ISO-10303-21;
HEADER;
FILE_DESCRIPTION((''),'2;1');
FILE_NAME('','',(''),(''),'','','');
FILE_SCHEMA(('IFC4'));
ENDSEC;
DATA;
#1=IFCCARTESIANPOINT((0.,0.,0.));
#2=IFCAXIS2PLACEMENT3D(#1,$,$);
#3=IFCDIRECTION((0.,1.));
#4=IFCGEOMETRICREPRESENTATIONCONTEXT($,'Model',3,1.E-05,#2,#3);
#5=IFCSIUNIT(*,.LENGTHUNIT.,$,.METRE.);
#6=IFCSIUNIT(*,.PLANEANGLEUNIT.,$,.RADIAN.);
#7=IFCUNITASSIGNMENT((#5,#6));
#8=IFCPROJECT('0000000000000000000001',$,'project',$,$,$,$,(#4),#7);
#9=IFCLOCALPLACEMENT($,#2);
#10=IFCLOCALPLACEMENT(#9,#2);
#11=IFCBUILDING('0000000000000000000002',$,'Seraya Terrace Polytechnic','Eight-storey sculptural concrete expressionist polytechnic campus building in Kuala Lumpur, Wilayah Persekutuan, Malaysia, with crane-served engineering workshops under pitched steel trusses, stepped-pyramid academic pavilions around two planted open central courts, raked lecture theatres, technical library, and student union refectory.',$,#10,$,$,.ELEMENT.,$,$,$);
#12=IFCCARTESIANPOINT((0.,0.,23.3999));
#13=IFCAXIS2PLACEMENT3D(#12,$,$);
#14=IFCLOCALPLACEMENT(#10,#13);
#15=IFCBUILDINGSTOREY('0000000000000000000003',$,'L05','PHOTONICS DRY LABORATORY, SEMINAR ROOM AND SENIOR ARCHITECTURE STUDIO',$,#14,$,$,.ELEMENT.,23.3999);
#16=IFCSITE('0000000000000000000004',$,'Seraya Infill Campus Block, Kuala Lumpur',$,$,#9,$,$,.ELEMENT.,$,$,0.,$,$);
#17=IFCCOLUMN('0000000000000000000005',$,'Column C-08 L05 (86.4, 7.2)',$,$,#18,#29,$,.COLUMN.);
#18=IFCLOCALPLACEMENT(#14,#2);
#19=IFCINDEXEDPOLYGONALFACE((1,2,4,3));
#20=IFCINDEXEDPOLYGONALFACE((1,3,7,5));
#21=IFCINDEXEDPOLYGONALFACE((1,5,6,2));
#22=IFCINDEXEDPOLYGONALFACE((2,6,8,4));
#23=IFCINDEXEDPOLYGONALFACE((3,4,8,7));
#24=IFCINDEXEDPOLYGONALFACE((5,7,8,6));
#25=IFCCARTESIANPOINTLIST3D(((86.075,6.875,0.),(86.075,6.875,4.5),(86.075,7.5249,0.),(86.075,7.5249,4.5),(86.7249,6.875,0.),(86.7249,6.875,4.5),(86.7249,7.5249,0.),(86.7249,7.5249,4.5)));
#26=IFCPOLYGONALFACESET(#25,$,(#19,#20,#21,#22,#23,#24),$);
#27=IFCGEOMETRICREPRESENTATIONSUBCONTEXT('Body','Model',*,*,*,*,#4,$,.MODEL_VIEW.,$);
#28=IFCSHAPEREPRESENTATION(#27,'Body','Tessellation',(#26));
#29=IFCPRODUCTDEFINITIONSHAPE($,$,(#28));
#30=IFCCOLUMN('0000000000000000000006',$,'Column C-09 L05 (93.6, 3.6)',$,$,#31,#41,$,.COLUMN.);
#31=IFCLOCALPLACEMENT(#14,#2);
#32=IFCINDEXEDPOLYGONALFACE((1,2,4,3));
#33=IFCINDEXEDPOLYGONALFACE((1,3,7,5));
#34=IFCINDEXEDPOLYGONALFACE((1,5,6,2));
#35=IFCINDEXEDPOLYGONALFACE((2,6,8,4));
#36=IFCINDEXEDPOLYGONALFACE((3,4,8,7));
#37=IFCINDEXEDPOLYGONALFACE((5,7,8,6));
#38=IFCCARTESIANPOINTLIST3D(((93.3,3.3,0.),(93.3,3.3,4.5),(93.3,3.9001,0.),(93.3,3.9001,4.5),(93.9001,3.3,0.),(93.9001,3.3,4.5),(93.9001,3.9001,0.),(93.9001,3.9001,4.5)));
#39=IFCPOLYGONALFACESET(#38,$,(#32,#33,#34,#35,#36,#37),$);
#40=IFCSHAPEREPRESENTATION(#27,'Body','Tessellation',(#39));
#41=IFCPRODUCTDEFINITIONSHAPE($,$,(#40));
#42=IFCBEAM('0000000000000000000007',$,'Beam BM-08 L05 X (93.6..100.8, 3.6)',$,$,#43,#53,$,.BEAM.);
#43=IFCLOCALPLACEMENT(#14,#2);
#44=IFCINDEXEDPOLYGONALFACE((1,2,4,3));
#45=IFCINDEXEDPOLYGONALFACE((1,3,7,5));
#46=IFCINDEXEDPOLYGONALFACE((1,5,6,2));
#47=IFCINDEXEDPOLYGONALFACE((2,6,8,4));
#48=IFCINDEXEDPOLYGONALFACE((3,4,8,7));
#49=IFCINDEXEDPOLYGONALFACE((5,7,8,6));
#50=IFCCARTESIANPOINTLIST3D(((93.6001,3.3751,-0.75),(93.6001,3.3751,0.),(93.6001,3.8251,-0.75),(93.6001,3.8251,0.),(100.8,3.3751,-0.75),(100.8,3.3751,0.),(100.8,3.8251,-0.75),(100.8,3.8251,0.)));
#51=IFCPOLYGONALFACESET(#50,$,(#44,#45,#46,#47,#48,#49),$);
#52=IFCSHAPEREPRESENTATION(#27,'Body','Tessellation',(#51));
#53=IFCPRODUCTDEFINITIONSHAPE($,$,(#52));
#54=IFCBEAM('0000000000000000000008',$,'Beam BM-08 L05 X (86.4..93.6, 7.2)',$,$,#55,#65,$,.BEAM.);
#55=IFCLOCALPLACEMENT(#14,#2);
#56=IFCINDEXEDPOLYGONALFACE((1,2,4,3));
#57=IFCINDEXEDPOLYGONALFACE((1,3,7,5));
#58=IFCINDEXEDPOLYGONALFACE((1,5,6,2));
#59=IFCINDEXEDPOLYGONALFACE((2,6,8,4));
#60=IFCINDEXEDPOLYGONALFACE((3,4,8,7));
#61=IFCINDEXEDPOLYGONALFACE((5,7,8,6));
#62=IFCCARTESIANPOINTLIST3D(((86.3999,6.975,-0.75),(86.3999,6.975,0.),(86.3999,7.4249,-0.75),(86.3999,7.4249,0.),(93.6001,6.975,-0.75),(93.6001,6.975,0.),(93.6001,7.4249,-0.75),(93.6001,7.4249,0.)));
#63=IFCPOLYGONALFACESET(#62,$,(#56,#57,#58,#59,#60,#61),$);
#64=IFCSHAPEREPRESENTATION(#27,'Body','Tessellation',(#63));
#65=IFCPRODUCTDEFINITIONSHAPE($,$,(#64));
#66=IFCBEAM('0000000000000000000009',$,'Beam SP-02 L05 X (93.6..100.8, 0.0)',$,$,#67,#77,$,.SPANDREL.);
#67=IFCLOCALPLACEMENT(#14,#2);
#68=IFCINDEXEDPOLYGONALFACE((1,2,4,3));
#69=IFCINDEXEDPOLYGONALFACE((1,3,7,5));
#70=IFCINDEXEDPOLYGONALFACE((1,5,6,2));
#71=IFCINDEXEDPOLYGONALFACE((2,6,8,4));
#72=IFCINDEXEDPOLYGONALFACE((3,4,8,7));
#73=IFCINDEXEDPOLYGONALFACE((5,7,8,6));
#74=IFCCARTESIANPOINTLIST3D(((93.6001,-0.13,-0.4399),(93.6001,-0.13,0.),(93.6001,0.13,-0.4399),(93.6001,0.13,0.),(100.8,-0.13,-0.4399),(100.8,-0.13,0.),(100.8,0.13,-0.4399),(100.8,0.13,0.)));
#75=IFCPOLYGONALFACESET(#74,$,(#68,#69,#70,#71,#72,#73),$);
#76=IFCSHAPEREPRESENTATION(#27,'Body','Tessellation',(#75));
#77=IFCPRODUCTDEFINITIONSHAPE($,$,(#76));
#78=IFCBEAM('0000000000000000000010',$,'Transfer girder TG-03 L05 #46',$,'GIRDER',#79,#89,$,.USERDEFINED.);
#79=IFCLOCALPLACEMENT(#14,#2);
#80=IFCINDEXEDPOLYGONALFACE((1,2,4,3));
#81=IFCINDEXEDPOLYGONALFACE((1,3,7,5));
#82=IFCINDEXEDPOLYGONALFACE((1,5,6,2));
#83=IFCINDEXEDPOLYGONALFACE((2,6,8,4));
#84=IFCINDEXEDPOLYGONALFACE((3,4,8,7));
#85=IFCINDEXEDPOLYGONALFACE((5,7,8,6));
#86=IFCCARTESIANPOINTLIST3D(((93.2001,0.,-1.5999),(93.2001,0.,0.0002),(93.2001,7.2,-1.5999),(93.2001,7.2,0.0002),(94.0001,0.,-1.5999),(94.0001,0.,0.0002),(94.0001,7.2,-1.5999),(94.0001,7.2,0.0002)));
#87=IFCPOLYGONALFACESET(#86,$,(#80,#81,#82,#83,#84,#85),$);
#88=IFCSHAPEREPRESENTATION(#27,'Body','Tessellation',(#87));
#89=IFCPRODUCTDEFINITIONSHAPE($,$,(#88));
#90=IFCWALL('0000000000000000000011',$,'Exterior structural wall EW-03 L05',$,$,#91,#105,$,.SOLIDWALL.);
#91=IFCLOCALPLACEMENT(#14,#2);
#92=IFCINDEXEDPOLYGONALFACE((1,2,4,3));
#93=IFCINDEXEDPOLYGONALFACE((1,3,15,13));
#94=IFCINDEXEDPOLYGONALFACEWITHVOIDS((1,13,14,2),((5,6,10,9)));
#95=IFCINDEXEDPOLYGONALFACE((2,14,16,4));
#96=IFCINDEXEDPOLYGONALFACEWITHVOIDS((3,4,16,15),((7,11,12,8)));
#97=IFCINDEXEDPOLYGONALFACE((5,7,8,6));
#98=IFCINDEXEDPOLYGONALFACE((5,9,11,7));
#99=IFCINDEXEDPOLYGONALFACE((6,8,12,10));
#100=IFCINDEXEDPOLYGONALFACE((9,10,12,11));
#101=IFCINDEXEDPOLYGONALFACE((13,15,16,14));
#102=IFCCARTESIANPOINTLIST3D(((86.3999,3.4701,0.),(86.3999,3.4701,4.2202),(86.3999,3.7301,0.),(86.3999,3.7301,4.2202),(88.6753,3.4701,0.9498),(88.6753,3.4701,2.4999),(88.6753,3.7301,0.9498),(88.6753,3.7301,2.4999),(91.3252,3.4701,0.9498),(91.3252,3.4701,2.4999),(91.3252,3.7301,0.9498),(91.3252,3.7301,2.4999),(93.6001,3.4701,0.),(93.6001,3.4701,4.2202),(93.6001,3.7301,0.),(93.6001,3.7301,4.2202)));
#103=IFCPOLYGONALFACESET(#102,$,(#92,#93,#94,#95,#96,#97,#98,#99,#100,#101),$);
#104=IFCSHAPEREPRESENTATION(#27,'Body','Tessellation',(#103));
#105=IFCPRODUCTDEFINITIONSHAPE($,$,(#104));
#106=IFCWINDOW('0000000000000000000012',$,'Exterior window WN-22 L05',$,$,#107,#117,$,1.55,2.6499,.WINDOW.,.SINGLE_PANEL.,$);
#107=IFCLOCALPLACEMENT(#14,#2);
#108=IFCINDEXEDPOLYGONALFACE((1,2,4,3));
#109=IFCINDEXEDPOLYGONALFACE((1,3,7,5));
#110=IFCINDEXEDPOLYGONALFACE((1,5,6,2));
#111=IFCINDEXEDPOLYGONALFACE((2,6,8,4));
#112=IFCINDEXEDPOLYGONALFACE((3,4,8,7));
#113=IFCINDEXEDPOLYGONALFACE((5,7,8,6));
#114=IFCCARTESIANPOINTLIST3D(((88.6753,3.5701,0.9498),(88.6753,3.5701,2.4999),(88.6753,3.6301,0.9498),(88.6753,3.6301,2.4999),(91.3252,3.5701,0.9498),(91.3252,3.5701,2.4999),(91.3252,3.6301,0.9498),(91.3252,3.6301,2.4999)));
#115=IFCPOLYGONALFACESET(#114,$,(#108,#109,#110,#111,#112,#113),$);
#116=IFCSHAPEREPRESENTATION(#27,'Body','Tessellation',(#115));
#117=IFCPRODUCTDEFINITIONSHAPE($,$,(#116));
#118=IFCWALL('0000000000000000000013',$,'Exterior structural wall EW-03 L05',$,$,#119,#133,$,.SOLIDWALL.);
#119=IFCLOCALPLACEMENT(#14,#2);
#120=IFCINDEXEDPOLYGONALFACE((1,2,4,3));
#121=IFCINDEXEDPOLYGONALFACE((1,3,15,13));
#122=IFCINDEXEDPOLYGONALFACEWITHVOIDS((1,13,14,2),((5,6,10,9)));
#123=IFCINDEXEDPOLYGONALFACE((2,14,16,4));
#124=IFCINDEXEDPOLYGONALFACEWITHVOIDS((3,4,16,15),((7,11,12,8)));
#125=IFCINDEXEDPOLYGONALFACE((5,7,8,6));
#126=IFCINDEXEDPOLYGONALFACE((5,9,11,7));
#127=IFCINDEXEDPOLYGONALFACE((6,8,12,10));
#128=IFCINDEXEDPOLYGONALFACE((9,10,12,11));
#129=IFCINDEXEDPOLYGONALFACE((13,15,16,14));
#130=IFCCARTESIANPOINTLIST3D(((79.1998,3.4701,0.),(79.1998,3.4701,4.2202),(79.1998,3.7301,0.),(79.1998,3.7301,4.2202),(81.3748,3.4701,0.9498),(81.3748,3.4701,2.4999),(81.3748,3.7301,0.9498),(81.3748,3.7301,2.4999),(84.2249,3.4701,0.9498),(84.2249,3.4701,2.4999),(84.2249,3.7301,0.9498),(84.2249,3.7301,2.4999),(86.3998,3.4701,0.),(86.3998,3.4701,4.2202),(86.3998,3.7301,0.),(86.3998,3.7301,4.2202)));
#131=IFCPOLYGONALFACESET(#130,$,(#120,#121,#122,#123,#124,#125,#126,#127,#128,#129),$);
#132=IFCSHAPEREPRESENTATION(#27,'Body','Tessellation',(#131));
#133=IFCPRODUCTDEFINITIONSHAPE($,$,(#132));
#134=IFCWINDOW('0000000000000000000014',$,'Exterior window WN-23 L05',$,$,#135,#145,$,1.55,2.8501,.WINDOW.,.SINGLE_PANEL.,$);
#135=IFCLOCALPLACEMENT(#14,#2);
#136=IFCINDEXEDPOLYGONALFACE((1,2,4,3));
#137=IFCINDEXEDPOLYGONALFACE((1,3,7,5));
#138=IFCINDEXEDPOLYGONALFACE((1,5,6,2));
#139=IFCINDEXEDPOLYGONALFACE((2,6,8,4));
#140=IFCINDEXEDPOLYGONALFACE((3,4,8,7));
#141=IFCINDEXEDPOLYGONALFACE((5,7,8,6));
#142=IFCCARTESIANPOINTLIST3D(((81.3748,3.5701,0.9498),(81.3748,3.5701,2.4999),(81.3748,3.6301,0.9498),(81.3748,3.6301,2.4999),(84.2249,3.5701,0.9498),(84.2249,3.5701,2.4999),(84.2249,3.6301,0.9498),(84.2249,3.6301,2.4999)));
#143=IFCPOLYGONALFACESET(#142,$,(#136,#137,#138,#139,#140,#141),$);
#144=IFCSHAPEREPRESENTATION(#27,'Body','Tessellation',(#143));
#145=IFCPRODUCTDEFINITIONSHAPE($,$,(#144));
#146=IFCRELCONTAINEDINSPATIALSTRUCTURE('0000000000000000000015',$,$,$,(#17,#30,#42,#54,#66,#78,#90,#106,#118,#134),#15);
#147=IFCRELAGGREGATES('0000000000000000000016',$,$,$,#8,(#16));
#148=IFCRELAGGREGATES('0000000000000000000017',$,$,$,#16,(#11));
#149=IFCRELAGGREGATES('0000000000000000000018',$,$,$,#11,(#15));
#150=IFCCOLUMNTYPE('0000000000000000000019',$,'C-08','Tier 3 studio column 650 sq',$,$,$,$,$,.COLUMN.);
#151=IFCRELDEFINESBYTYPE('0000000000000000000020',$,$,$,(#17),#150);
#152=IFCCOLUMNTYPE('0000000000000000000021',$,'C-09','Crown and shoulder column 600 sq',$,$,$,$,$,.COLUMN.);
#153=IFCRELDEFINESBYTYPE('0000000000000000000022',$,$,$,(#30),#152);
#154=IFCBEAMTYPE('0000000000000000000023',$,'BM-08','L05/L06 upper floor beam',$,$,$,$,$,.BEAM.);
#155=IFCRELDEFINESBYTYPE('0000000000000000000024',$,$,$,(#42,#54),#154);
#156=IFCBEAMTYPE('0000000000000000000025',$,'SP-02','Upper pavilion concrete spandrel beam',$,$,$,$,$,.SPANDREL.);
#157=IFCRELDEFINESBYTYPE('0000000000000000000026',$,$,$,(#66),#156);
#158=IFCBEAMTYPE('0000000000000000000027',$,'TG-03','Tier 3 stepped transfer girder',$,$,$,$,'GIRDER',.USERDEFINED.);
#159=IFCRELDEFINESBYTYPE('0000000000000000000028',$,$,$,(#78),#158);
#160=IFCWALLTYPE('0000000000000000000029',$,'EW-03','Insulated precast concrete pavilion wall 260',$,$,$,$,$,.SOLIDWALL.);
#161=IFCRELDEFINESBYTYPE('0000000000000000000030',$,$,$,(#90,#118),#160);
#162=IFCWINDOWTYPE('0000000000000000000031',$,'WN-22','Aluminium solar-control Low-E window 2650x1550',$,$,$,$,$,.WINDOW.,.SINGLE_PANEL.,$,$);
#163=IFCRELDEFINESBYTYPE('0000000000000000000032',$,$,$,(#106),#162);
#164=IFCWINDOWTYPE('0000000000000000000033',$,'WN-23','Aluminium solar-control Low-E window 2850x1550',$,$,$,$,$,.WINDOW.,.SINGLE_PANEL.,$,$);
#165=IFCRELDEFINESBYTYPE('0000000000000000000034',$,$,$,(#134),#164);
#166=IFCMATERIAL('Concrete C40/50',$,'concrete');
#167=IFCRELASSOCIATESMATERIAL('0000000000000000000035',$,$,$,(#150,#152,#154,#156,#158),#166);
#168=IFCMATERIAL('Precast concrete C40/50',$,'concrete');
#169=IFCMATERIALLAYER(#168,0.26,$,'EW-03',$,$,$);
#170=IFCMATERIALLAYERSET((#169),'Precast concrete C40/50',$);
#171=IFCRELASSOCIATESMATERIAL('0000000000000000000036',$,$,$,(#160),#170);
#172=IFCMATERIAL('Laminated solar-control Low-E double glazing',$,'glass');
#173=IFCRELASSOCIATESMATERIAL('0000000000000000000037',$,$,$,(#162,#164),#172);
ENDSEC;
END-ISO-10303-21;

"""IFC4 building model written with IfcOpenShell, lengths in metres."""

from ifc_helpers import new_model, si_unit, direction, frame, frame_2d, origin, origin_2d, place, context, subcontext, project, spatial, rectangle, extrude, material, layer, layer_set, material_profile, profile_set, type_object, element, fill, save


model = new_model("IFC4")

# Units and contexts
model_context = context("Model", 3, precision=1e-05, world=origin(), true_north=direction((0.0, 1.0)))
body_context = subcontext(model_context, "Body", "Model", "MODEL_VIEW")
ifc_project = project(units=[si_unit("LENGTHUNIT", "METRE"), si_unit("PLANEANGLEUNIT", "RADIAN")], contexts=[model_context])

# Site, building, storey
site_placement = place(None, origin())
site = spatial("IfcSite", under=ifc_project, at=site_placement, Name="Seraya Infill Campus Block, Kuala Lumpur", CompositionType="ELEMENT", RefElevation=0.0)
building_placement = place(site_placement, origin())
building = spatial("IfcBuilding", under=site, at=building_placement, Name="Seraya Terrace Polytechnic", Description="Eight-storey sculptural concrete expressionist polytechnic campus building in Kuala Lumpur, Wilayah Persekutuan, Malaysia, with crane-served engineering workshops under pitched steel trusses, stepped-pyramid academic pavilions around two planted open central courts, raked lecture theatres, technical library, and student union refectory.", CompositionType="ELEMENT")
storey_placement = place(building_placement, frame((0.0, 0.0, 23.3999)))
storey = spatial("IfcBuildingStorey", under=building, at=storey_placement, Name="L05", Description="PHOTONICS DRY LABORATORY, SEMINAR ROOM AND SENIOR ARCHITECTURE STUDIO", CompositionType="ELEMENT", Elevation=23.3999)

# Columns
ifc_material_1 = material(Name="Concrete C40/50", Category="concrete")
ifc_material_profile_1 = material_profile(ifc_material_1, rectangle(XDim=0.6499, YDim=0.6499, at=origin_2d()), Name="RC 650x650")
ifc_profile_set_1 = profile_set([ifc_material_profile_1], Name="Concrete C40/50")
column_type_1 = type_object("IfcColumnType", Name="C-08", Description="Tier 3 studio column 650 sq", PredefinedType="COLUMN", material=ifc_profile_set_1)
column_1_placement = place(storey_placement, frame((86.3999, 7.2, 0.0), z_axis=(0.0, 0.0, 1.0), x_axis=(1.0, 0.0, 0.0)))
element("IfcColumn", 1, at=column_1_placement, inside=storey, type_object=column_type_1, Name="Column C-08 L05 (86.4, 7.2)", PredefinedType="COLUMN", context=body_context, shape_type="SweptSolid", body=[
    extrude(rectangle(XDim=0.6499, YDim=0.6499, at=origin_2d()), origin(), (0.0, 0.0, 1.0), 4.5),
])
ifc_material_profile_2 = material_profile(ifc_material_1, rectangle(XDim=0.6001, YDim=0.6001, at=origin_2d()), Name="RC 600x600")
ifc_profile_set_2 = profile_set([ifc_material_profile_2], Name="Concrete C40/50")
column_type_2 = type_object("IfcColumnType", Name="C-09", Description="Crown and shoulder column 600 sq", PredefinedType="COLUMN", material=ifc_profile_set_2)
column_2_placement = place(storey_placement, frame((93.6001, 3.6001, 0.0), z_axis=(0.0, 0.0, 1.0), x_axis=(1.0, 0.0, 0.0)))
element("IfcColumn", 2, at=column_2_placement, inside=storey, type_object=column_type_2, Name="Column C-09 L05 (93.6, 3.6)", PredefinedType="COLUMN", context=body_context, shape_type="SweptSolid", body=[
    extrude(rectangle(XDim=0.6001, YDim=0.6001, at=origin_2d()), origin(), (0.0, 0.0, 1.0), 4.5),
])

# Beams
ifc_material_profile_3 = material_profile(ifc_material_1, rectangle(XDim=0.45, YDim=0.75, at=origin_2d()), Name="RC 450x750")
ifc_profile_set_3 = profile_set([ifc_material_profile_3], Name="Concrete C40/50")
beam_type_1 = type_object("IfcBeamType", Name="BM-08", Description="L05/L06 upper floor beam", PredefinedType="BEAM", material=ifc_profile_set_3)
beam_1_placement = place(storey_placement, frame((93.6001, 3.6001, -0.375), z_axis=(1.0, 0.0, 0.0), x_axis=(0.0, 1.0, 0.0)))
element("IfcBeam", 3, at=beam_1_placement, inside=storey, type_object=beam_type_1, Name="Beam BM-08 L05 X (93.6..100.8, 3.6)", PredefinedType="BEAM", context=body_context, shape_type="SweptSolid", body=[
    extrude(rectangle(XDim=0.45, YDim=0.75, at=origin_2d()), origin(), (0.0, 0.0, 1.0), 7.2),
])
beam_2_placement = place(storey_placement, frame((86.3999, 7.2, -0.375), z_axis=(1.0, 0.0, 0.0), x_axis=(0.0, 1.0, 0.0)))
element("IfcBeam", 4, at=beam_2_placement, inside=storey, type_object=beam_type_1, Name="Beam BM-08 L05 X (86.4..93.6, 7.2)", PredefinedType="BEAM", context=body_context, shape_type="SweptSolid", body=[
    extrude(rectangle(XDim=0.45, YDim=0.75, at=origin_2d()), origin(), (0.0, 0.0, 1.0), 7.2002),
])
ifc_material_profile_4 = material_profile(ifc_material_1, rectangle(XDim=0.26, YDim=0.4399, at=origin_2d()), Name="RC 260x440")
ifc_profile_set_4 = profile_set([ifc_material_profile_4], Name="Concrete C40/50")
beam_type_2 = type_object("IfcBeamType", Name="SP-02", Description="Upper pavilion concrete spandrel beam", PredefinedType="SPANDREL", material=ifc_profile_set_4)
beam_3_placement = place(storey_placement, frame((93.6001, 0.0, -0.22), z_axis=(1.0, 0.0, 0.0), x_axis=(0.0, 1.0, 0.0)))
element("IfcBeam", 5, at=beam_3_placement, inside=storey, type_object=beam_type_2, Name="Beam SP-02 L05 X (93.6..100.8, 0.0)", PredefinedType="SPANDREL", context=body_context, shape_type="SweptSolid", body=[
    extrude(rectangle(XDim=0.26, YDim=0.4399, at=origin_2d()), origin(), (0.0, 0.0, 1.0), 7.2),
])
ifc_material_profile_5 = material_profile(ifc_material_1, rectangle(XDim=0.8, YDim=1.6001, at=origin_2d()), Name="RC 800x1600")
ifc_profile_set_5 = profile_set([ifc_material_profile_5], Name="Concrete C40/50")
beam_type_3 = type_object("IfcBeamType", Name="TG-03", Description="Tier 3 stepped transfer girder", ElementType="GIRDER", PredefinedType="USERDEFINED", material=ifc_profile_set_5)
beam_4_placement = place(storey_placement, frame((93.6001, 0.0, -0.7998), z_axis=(0.0, 1.0, 0.0), x_axis=(-1.0, 0.0, 0.0)))
element("IfcBeam", 6, at=beam_4_placement, inside=storey, type_object=beam_type_3, Name="Transfer girder TG-03 L05 #46", ObjectType="GIRDER", PredefinedType="USERDEFINED", context=body_context, shape_type="SweptSolid", body=[
    extrude(rectangle(XDim=0.8, YDim=1.6001, at=origin_2d()), origin(), (0.0, 0.0, 1.0), 7.2),
])

# Walls, openings, windows
ifc_material_2 = material(Name="Precast concrete C40/50", Category="concrete")
ifc_layer_1 = layer(ifc_material_2, 0.26, Name="EW-03")
ifc_layer_set_1 = layer_set([ifc_layer_1], Name="Precast concrete C40/50")
wall_type_1 = type_object("IfcWallType", Name="EW-03", Description="Insulated precast concrete pavilion wall 260", PredefinedType="SOLIDWALL", material=ifc_layer_set_1)
wall_1_placement = place(storey_placement, frame((93.6001, 3.6001, 0.0), z_axis=(0.0, 0.0, 1.0), x_axis=(-1.0, 0.0, 0.0)))
wall_1 = element("IfcWall", 7, at=wall_1_placement, inside=storey, type_object=wall_type_1, Name="Exterior structural wall EW-03 L05", PredefinedType="SOLIDWALL", context=body_context, shape_type="SweptSolid", body=[
    extrude(rectangle(XDim=7.2002, YDim=0.26, at=frame_2d((3.6001, 0.0))), origin(), (0.0, 0.0, 1.0), 4.2202),
])
opening_1_placement = place(wall_1_placement, frame((2.2749, 0.0, 0.95)))
opening_1 = element("IfcOpeningElement", 8, at=opening_1_placement, cuts=wall_1, PredefinedType="OPENING", context=body_context, shape_type="SweptSolid", body=[
    extrude(rectangle(XDim=2.6499, YDim=1.55, at=frame_2d((1.325, 0.7749))), frame((0.0, 0.1421, 0.0), z_axis=(0.0, -1.0, 0.0), x_axis=(1.0, 0.0, 0.0)), (0.0, 0.0, 1.0), 0.2839),
])
ifc_material_3 = material(Name="Laminated solar-control Low-E double glazing", Category="glass")
window_type_1 = type_object("IfcWindowType", Name="WN-22", Description="Aluminium solar-control Low-E window 2650x1550", PartitioningType="SINGLE_PANEL", PredefinedType="WINDOW", material=ifc_material_3)
window_1_placement = place(opening_1_placement, origin())
window_1 = element("IfcWindow", 9, at=window_1_placement, inside=storey, type_object=window_type_1, Name="Exterior window WN-22 L05", OverallHeight=1.55, OverallWidth=2.6499, PartitioningType="SINGLE_PANEL", PredefinedType="WINDOW", context=body_context, shape_type="SweptSolid", body=[
    extrude(rectangle(XDim=2.6499, YDim=1.55, at=frame_2d((1.325, 0.7749))), frame((0.0, 0.03, 0.0), z_axis=(0.0, -1.0, 0.0), x_axis=(1.0, 0.0, 0.0)), (0.0, 0.0, 1.0), 0.0601),
])
fill(opening_1, window_1)
wall_2_placement = place(storey_placement, frame((86.3999, 3.6001, 0.0), z_axis=(0.0, 0.0, 1.0), x_axis=(-1.0, 0.0, 0.0)))
wall_2 = element("IfcWall", 10, at=wall_2_placement, inside=storey, type_object=wall_type_1, Name="Exterior structural wall EW-03 L05", PredefinedType="SOLIDWALL", context=body_context, shape_type="SweptSolid", body=[
    extrude(rectangle(XDim=7.2, YDim=0.26, at=frame_2d((3.6001, 0.0))), origin(), (0.0, 0.0, 1.0), 4.2202),
])
opening_2_placement = place(wall_2_placement, frame((2.175, 0.0, 0.95)))
opening_2 = element("IfcOpeningElement", 11, at=opening_2_placement, cuts=wall_2, PredefinedType="OPENING", context=body_context, shape_type="SweptSolid", body=[
    extrude(rectangle(XDim=2.8501, YDim=1.55, at=frame_2d((1.425, 0.7749))), frame((0.0, 0.1421, 0.0), z_axis=(0.0, -1.0, 0.0), x_axis=(1.0, 0.0, 0.0)), (0.0, 0.0, 1.0), 0.2839),
])
window_type_2 = type_object("IfcWindowType", Name="WN-23", Description="Aluminium solar-control Low-E window 2850x1550", PartitioningType="SINGLE_PANEL", PredefinedType="WINDOW", material=ifc_material_3)
window_2_placement = place(opening_2_placement, origin())
window_2 = element("IfcWindow", 12, at=window_2_placement, inside=storey, type_object=window_type_2, Name="Exterior window WN-23 L05", OverallHeight=1.55, OverallWidth=2.8501, PartitioningType="SINGLE_PANEL", PredefinedType="WINDOW", context=body_context, shape_type="SweptSolid", body=[
    extrude(rectangle(XDim=2.8501, YDim=1.55, at=frame_2d((1.425, 0.7749))), frame((0.0, 0.03, 0.0), z_axis=(0.0, -1.0, 0.0), x_axis=(1.0, 0.0, 0.0)), (0.0, 0.0, 1.0), 0.0601),
])
fill(opening_2, window_2)

save(model, "model.ifc")
